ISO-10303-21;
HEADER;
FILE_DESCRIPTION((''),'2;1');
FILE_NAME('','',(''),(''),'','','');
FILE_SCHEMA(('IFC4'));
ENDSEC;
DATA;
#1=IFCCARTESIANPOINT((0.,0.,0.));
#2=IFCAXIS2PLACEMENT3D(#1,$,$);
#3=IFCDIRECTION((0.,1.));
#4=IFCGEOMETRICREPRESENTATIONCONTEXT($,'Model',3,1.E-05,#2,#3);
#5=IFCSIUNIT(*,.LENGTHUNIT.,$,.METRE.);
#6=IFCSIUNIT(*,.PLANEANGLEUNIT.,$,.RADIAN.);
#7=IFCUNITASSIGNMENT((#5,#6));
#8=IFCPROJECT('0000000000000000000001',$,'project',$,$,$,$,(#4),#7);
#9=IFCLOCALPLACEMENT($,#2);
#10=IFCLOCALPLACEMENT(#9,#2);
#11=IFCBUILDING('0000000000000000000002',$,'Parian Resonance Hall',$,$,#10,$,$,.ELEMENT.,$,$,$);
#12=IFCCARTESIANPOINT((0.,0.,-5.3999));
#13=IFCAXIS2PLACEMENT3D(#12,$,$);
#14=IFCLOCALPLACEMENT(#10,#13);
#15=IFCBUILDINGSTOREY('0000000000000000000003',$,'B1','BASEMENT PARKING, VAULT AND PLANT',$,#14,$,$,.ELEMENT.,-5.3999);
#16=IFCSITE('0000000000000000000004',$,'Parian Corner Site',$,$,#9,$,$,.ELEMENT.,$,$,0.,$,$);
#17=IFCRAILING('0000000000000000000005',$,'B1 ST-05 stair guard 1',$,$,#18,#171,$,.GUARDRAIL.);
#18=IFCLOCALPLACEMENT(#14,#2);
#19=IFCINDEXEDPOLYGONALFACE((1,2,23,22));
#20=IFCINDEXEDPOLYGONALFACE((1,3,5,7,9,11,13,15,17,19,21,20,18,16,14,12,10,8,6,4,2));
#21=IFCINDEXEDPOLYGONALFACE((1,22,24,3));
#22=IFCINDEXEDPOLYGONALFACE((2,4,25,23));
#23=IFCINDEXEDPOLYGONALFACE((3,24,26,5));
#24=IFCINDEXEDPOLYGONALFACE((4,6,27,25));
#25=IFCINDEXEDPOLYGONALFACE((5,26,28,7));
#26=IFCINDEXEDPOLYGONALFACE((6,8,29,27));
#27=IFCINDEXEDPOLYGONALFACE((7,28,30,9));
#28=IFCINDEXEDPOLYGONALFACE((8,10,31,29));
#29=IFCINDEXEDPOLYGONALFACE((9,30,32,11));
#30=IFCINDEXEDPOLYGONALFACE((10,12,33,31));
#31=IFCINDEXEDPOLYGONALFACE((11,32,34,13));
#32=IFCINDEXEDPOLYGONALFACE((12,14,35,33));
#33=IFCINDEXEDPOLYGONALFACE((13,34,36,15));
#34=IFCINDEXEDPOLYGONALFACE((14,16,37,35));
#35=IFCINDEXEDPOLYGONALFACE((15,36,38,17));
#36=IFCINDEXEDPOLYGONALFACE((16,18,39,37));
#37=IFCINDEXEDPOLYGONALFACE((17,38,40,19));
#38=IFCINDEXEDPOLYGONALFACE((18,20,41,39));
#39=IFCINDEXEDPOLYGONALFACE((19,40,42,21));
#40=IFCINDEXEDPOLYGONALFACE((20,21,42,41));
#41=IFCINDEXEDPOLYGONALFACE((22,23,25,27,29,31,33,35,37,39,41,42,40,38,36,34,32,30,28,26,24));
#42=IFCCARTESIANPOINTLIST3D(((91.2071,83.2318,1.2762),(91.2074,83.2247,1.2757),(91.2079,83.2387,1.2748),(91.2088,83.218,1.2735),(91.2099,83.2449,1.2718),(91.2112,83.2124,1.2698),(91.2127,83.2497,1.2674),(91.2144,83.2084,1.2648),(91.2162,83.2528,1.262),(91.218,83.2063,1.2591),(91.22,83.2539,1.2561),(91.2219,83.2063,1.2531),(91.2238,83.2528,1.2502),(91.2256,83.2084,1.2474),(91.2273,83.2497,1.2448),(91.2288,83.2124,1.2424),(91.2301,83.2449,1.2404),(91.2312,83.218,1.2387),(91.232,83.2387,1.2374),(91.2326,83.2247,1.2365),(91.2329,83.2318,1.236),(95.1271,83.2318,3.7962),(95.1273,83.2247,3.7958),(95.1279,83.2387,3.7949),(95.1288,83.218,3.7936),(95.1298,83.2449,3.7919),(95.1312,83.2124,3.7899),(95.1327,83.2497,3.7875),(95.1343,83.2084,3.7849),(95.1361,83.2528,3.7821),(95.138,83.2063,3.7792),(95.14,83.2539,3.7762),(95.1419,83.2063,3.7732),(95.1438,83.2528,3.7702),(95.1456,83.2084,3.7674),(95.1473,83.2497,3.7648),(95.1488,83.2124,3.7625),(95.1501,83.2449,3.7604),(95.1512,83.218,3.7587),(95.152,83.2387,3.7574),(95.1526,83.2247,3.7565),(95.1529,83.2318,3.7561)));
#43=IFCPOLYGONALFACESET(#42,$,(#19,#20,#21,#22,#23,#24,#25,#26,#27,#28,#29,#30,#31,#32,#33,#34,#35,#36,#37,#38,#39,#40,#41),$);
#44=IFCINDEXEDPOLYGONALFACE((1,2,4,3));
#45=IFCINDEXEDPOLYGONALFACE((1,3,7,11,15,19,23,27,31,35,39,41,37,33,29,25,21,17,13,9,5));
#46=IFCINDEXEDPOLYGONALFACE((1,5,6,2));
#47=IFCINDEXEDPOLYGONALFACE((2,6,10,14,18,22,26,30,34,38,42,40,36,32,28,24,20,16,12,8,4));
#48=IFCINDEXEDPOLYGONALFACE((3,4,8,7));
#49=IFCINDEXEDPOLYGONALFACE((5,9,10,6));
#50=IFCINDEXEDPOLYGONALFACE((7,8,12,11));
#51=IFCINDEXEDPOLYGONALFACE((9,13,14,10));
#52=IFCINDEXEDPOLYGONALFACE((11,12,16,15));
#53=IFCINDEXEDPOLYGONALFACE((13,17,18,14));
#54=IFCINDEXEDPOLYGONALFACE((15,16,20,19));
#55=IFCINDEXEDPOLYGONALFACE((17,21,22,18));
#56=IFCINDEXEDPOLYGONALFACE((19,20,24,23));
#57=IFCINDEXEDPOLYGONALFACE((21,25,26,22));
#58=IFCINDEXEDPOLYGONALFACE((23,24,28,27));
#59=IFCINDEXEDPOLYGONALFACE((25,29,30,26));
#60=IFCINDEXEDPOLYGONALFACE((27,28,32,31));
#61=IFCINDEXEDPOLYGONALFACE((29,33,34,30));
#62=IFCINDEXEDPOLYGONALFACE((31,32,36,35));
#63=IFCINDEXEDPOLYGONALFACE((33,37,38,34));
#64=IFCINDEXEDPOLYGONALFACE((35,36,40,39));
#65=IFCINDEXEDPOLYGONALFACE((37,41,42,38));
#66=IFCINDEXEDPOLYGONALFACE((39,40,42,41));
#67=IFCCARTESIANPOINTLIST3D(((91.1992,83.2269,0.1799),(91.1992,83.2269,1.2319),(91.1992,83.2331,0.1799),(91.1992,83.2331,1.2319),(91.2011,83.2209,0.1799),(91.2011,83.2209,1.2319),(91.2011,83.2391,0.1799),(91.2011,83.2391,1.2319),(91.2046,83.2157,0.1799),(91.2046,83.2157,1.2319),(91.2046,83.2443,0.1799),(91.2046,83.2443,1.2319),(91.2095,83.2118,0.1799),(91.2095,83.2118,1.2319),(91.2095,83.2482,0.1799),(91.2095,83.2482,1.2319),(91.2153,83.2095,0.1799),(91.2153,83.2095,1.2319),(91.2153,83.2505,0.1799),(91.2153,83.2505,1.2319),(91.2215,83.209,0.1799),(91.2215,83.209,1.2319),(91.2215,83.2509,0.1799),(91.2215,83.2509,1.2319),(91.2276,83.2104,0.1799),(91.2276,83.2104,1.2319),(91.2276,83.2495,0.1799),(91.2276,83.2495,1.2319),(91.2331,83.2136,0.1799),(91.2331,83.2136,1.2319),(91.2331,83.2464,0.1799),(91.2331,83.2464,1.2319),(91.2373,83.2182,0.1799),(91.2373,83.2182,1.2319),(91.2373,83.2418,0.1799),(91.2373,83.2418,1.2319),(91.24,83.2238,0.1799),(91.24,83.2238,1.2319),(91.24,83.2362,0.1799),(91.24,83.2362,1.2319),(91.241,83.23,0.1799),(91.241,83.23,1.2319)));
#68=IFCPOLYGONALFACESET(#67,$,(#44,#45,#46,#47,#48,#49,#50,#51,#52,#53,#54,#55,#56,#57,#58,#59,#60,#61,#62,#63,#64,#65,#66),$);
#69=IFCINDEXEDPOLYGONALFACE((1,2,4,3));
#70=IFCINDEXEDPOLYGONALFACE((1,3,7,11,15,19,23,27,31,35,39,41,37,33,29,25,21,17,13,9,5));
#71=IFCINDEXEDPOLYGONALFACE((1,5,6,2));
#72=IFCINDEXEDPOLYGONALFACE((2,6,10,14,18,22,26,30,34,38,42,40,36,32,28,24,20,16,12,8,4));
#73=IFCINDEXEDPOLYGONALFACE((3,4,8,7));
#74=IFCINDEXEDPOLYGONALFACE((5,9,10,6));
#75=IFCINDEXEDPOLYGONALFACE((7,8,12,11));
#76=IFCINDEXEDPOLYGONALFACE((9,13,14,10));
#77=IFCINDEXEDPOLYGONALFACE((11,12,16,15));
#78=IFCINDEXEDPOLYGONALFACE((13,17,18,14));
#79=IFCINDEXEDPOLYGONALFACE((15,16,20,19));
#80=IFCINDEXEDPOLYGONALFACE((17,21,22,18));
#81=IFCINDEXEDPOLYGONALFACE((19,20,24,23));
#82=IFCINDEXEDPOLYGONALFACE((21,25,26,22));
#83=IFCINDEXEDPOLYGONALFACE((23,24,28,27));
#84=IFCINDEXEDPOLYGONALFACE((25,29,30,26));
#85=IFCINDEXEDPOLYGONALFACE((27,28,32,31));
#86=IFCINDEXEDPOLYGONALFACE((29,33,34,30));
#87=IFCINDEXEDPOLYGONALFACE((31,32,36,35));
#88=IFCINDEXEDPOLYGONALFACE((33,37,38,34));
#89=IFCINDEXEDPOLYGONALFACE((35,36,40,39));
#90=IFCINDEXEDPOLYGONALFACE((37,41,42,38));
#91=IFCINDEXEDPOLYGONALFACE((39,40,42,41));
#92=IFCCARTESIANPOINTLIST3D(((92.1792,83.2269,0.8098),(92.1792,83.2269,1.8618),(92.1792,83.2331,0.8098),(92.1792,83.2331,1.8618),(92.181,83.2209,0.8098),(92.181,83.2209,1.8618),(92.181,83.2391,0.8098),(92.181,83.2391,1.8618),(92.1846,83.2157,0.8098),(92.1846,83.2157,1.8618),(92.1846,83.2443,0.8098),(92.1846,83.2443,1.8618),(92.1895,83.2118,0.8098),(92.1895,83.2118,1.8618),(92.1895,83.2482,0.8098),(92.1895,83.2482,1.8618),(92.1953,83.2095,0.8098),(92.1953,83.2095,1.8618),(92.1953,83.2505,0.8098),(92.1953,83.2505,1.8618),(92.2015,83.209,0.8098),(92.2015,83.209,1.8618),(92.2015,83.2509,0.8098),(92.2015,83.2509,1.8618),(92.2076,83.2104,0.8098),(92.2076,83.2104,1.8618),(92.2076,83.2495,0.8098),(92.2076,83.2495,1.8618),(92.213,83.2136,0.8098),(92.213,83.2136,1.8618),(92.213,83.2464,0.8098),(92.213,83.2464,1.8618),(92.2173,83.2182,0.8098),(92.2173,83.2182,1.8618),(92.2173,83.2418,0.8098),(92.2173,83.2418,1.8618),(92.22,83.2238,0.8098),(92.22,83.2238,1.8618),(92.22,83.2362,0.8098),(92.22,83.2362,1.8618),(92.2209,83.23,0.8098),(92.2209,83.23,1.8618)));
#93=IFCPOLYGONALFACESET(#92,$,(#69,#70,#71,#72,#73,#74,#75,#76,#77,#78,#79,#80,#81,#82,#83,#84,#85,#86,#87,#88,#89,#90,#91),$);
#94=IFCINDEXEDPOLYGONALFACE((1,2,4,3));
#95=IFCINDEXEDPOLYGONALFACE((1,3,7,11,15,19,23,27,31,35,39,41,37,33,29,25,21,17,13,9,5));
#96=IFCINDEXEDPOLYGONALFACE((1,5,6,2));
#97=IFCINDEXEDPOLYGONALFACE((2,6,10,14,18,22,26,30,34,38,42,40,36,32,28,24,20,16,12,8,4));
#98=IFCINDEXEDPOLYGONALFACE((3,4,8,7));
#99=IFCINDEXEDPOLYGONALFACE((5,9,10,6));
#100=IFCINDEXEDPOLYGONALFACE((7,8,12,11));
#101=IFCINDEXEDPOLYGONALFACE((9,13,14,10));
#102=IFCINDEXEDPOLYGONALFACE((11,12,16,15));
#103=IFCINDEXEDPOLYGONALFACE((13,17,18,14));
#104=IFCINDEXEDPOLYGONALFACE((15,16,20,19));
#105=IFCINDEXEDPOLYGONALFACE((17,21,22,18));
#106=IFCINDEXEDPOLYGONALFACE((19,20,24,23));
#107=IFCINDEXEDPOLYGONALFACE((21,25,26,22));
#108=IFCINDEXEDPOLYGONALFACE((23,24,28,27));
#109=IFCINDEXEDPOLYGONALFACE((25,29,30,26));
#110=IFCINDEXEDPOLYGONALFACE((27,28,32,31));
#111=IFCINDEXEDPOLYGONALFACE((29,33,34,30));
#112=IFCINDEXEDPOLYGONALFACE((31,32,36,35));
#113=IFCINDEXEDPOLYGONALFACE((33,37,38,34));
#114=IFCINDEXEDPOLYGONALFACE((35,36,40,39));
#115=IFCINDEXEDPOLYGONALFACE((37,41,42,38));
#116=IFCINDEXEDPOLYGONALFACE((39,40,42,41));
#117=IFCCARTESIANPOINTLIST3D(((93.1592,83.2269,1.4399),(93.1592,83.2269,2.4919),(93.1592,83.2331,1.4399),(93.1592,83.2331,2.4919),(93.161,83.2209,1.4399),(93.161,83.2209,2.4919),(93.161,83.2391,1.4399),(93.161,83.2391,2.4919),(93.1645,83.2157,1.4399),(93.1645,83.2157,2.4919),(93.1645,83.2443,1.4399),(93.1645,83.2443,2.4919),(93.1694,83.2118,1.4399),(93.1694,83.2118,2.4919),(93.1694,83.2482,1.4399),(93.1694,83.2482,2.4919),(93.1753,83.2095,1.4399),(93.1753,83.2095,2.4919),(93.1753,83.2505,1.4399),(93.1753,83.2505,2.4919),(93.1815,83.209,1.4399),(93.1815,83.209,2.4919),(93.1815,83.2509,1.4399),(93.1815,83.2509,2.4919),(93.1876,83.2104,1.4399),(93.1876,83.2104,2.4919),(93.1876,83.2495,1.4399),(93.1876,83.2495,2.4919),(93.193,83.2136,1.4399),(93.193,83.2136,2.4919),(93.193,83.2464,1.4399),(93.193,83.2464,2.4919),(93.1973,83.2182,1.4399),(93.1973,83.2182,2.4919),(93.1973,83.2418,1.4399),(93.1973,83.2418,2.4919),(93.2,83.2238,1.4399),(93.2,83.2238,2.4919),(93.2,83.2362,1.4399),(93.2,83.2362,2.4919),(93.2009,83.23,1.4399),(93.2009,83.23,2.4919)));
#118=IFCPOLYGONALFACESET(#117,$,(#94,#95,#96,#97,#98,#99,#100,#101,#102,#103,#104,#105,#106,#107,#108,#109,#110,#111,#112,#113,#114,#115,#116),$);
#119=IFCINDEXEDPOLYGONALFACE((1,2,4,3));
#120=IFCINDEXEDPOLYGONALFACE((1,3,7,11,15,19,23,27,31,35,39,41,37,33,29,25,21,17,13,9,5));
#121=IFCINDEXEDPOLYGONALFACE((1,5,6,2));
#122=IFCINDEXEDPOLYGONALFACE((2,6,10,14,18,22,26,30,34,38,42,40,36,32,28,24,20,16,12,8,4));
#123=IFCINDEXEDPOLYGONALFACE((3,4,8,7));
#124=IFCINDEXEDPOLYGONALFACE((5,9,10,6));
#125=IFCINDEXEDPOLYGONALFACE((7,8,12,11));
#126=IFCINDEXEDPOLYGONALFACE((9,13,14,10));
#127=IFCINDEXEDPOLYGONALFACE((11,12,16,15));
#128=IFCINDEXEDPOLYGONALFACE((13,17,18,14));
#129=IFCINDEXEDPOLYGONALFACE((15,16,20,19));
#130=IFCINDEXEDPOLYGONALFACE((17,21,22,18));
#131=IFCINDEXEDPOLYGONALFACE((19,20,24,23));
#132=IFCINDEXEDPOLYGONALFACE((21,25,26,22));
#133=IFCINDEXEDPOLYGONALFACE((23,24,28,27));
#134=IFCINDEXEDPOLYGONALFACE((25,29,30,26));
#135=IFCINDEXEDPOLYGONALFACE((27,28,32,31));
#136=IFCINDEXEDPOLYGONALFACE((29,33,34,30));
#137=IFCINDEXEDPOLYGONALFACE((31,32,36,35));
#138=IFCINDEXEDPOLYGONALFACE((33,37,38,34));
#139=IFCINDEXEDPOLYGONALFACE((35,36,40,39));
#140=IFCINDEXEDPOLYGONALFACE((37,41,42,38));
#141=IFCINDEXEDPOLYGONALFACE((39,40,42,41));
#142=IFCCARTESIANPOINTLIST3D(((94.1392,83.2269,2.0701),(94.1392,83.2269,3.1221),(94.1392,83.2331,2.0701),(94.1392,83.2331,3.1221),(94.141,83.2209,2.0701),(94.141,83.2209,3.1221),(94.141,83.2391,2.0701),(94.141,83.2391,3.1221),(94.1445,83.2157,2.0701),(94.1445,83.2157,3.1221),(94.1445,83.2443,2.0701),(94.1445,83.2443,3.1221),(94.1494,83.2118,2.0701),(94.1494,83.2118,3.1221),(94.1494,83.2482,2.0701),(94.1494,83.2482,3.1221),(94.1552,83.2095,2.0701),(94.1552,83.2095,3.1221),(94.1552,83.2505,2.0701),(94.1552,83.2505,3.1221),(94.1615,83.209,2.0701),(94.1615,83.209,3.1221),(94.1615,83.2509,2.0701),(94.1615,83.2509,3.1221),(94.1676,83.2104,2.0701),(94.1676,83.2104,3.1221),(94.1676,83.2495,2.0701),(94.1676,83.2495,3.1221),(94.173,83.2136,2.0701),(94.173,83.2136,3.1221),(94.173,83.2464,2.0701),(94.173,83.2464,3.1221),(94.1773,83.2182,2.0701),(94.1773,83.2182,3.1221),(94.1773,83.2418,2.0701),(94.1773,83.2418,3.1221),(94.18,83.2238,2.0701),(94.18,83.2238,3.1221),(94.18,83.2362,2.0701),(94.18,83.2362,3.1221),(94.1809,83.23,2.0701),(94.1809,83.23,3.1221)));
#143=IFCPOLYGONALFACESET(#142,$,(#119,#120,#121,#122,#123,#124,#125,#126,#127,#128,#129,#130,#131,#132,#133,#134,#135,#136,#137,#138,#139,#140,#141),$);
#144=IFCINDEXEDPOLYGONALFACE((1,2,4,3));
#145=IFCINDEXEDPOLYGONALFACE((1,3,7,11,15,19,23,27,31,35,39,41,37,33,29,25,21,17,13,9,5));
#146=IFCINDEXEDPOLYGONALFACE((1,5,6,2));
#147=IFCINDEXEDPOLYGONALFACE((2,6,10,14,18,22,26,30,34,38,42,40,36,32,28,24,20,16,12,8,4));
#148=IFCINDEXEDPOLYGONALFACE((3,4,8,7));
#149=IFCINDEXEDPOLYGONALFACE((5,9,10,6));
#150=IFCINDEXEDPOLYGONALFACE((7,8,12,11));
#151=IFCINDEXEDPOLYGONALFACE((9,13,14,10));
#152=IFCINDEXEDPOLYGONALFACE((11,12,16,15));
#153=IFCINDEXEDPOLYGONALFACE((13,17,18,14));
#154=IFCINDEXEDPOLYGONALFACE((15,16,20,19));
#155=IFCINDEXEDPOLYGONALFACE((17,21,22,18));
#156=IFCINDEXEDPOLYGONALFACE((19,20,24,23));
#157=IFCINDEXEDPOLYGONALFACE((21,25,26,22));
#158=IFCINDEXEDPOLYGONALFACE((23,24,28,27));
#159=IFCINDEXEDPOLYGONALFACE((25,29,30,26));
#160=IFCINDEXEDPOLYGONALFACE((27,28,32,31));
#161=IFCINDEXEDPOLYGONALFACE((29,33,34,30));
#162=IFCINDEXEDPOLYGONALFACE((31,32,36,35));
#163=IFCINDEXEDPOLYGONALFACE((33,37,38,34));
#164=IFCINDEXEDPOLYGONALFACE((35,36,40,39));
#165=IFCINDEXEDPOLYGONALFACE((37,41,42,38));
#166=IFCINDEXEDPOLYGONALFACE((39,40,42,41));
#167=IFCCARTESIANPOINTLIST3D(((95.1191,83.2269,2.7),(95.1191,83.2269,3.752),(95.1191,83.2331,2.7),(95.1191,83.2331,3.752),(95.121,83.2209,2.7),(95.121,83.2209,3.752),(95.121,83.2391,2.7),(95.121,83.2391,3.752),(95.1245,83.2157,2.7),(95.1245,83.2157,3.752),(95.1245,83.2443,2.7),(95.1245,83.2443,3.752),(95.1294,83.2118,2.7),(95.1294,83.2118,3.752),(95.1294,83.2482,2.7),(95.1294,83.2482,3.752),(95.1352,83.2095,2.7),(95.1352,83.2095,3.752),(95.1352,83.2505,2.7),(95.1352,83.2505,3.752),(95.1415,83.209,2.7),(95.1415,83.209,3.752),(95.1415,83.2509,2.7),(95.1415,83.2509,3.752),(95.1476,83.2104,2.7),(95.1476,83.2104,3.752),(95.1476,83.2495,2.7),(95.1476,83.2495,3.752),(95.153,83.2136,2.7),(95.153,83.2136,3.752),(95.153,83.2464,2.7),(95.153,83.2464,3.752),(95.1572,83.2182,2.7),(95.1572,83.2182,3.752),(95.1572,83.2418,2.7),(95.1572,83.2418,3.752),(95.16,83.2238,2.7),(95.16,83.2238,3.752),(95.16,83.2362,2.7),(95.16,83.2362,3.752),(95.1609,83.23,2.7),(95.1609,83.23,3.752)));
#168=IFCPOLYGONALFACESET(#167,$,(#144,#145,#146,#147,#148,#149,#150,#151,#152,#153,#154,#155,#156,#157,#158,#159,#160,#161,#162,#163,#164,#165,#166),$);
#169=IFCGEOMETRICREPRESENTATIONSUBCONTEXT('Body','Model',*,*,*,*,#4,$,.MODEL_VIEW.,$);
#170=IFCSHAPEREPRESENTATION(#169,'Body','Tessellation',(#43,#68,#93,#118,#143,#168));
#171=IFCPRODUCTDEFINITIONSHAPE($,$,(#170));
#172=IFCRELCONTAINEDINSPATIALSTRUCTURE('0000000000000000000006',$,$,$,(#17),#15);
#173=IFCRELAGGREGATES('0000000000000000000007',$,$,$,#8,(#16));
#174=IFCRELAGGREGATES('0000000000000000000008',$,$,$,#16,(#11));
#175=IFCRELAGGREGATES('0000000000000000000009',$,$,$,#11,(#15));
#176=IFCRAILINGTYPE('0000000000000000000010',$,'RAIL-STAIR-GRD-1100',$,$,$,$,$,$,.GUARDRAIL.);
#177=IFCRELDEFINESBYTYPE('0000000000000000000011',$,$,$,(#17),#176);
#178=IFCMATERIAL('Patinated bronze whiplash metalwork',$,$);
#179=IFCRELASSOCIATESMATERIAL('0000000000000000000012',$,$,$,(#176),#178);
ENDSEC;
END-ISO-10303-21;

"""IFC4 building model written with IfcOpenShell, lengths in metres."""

from ifc_helpers import new_model, si_unit, direction, frame, origin, origin_2d, place, context, subcontext, project, spatial, circle, extrude, material, type_object, element, save


model = new_model("IFC4")

# Units and contexts
model_context = context("Model", 3, precision=1e-05, world=origin(), true_north=direction((0.0, 1.0)))
body_context = subcontext(model_context, "Body", "Model", "MODEL_VIEW")
ifc_project = project(units=[si_unit("LENGTHUNIT", "METRE"), si_unit("PLANEANGLEUNIT", "RADIAN")], contexts=[model_context])

# Site, building, storey
site_placement = place(None, origin())
site = spatial("IfcSite", under=ifc_project, at=site_placement, Name="Parian Corner Site", CompositionType="ELEMENT", RefElevation=0.0)
building_placement = place(site_placement, origin())
building = spatial("IfcBuilding", under=site, at=building_placement, Name="Parian Resonance Hall", CompositionType="ELEMENT")
storey_placement = place(building_placement, frame((0.0, 0.0, -5.3999)))
storey = spatial("IfcBuildingStorey", under=building, at=storey_placement, Name="B1", Description="BASEMENT PARKING, VAULT AND PLANT", CompositionType="ELEMENT", Elevation=-5.3999)

# Railing
ifc_material_1 = material(Name="Patinated bronze whiplash metalwork")
railing_type_1 = type_object("IfcRailingType", Name="RAIL-STAIR-GRD-1100", PredefinedType="GUARDRAIL", material=ifc_material_1)
railing_1_placement = place(storey_placement, frame((91.22, 83.23, 0.1799)))
element("IfcRailing", 1, at=railing_1_placement, inside=storey, type_object=railing_type_1, Name="B1 ST-05 stair guard 1", PredefinedType="GUARDRAIL", context=body_context, shape_type="SweptSolid", body=[
    extrude(circle(Radius=0.0239, at=origin_2d()), frame((0.0, 0.0, 1.0762), z_axis=(0.841172, 0.0, 0.540768), x_axis=(0.0, 1.0, 0.0)), (0.0, 0.0, 1.0), 4.6602),
    extrude(circle(Radius=0.021, at=origin_2d()), origin(), (0.0, 0.0, 1.0), 1.052),
    extrude(circle(Radius=0.021, at=origin_2d()), frame((0.98, 0.0, 0.6299)), (0.0, 0.0, 1.0), 1.052),
    extrude(circle(Radius=0.021, at=origin_2d()), frame((1.96, 0.0, 1.26)), (0.0, 0.0, 1.0), 1.052),
    extrude(circle(Radius=0.021, at=origin_2d()), frame((2.9399, 0.0, 1.8901)), (0.0, 0.0, 1.0), 1.052),
    extrude(circle(Radius=0.021, at=origin_2d()), frame((3.9199, 0.0, 2.52)), (0.0, 0.0, 1.0), 1.052),
])

save(model, "model.ifc")
